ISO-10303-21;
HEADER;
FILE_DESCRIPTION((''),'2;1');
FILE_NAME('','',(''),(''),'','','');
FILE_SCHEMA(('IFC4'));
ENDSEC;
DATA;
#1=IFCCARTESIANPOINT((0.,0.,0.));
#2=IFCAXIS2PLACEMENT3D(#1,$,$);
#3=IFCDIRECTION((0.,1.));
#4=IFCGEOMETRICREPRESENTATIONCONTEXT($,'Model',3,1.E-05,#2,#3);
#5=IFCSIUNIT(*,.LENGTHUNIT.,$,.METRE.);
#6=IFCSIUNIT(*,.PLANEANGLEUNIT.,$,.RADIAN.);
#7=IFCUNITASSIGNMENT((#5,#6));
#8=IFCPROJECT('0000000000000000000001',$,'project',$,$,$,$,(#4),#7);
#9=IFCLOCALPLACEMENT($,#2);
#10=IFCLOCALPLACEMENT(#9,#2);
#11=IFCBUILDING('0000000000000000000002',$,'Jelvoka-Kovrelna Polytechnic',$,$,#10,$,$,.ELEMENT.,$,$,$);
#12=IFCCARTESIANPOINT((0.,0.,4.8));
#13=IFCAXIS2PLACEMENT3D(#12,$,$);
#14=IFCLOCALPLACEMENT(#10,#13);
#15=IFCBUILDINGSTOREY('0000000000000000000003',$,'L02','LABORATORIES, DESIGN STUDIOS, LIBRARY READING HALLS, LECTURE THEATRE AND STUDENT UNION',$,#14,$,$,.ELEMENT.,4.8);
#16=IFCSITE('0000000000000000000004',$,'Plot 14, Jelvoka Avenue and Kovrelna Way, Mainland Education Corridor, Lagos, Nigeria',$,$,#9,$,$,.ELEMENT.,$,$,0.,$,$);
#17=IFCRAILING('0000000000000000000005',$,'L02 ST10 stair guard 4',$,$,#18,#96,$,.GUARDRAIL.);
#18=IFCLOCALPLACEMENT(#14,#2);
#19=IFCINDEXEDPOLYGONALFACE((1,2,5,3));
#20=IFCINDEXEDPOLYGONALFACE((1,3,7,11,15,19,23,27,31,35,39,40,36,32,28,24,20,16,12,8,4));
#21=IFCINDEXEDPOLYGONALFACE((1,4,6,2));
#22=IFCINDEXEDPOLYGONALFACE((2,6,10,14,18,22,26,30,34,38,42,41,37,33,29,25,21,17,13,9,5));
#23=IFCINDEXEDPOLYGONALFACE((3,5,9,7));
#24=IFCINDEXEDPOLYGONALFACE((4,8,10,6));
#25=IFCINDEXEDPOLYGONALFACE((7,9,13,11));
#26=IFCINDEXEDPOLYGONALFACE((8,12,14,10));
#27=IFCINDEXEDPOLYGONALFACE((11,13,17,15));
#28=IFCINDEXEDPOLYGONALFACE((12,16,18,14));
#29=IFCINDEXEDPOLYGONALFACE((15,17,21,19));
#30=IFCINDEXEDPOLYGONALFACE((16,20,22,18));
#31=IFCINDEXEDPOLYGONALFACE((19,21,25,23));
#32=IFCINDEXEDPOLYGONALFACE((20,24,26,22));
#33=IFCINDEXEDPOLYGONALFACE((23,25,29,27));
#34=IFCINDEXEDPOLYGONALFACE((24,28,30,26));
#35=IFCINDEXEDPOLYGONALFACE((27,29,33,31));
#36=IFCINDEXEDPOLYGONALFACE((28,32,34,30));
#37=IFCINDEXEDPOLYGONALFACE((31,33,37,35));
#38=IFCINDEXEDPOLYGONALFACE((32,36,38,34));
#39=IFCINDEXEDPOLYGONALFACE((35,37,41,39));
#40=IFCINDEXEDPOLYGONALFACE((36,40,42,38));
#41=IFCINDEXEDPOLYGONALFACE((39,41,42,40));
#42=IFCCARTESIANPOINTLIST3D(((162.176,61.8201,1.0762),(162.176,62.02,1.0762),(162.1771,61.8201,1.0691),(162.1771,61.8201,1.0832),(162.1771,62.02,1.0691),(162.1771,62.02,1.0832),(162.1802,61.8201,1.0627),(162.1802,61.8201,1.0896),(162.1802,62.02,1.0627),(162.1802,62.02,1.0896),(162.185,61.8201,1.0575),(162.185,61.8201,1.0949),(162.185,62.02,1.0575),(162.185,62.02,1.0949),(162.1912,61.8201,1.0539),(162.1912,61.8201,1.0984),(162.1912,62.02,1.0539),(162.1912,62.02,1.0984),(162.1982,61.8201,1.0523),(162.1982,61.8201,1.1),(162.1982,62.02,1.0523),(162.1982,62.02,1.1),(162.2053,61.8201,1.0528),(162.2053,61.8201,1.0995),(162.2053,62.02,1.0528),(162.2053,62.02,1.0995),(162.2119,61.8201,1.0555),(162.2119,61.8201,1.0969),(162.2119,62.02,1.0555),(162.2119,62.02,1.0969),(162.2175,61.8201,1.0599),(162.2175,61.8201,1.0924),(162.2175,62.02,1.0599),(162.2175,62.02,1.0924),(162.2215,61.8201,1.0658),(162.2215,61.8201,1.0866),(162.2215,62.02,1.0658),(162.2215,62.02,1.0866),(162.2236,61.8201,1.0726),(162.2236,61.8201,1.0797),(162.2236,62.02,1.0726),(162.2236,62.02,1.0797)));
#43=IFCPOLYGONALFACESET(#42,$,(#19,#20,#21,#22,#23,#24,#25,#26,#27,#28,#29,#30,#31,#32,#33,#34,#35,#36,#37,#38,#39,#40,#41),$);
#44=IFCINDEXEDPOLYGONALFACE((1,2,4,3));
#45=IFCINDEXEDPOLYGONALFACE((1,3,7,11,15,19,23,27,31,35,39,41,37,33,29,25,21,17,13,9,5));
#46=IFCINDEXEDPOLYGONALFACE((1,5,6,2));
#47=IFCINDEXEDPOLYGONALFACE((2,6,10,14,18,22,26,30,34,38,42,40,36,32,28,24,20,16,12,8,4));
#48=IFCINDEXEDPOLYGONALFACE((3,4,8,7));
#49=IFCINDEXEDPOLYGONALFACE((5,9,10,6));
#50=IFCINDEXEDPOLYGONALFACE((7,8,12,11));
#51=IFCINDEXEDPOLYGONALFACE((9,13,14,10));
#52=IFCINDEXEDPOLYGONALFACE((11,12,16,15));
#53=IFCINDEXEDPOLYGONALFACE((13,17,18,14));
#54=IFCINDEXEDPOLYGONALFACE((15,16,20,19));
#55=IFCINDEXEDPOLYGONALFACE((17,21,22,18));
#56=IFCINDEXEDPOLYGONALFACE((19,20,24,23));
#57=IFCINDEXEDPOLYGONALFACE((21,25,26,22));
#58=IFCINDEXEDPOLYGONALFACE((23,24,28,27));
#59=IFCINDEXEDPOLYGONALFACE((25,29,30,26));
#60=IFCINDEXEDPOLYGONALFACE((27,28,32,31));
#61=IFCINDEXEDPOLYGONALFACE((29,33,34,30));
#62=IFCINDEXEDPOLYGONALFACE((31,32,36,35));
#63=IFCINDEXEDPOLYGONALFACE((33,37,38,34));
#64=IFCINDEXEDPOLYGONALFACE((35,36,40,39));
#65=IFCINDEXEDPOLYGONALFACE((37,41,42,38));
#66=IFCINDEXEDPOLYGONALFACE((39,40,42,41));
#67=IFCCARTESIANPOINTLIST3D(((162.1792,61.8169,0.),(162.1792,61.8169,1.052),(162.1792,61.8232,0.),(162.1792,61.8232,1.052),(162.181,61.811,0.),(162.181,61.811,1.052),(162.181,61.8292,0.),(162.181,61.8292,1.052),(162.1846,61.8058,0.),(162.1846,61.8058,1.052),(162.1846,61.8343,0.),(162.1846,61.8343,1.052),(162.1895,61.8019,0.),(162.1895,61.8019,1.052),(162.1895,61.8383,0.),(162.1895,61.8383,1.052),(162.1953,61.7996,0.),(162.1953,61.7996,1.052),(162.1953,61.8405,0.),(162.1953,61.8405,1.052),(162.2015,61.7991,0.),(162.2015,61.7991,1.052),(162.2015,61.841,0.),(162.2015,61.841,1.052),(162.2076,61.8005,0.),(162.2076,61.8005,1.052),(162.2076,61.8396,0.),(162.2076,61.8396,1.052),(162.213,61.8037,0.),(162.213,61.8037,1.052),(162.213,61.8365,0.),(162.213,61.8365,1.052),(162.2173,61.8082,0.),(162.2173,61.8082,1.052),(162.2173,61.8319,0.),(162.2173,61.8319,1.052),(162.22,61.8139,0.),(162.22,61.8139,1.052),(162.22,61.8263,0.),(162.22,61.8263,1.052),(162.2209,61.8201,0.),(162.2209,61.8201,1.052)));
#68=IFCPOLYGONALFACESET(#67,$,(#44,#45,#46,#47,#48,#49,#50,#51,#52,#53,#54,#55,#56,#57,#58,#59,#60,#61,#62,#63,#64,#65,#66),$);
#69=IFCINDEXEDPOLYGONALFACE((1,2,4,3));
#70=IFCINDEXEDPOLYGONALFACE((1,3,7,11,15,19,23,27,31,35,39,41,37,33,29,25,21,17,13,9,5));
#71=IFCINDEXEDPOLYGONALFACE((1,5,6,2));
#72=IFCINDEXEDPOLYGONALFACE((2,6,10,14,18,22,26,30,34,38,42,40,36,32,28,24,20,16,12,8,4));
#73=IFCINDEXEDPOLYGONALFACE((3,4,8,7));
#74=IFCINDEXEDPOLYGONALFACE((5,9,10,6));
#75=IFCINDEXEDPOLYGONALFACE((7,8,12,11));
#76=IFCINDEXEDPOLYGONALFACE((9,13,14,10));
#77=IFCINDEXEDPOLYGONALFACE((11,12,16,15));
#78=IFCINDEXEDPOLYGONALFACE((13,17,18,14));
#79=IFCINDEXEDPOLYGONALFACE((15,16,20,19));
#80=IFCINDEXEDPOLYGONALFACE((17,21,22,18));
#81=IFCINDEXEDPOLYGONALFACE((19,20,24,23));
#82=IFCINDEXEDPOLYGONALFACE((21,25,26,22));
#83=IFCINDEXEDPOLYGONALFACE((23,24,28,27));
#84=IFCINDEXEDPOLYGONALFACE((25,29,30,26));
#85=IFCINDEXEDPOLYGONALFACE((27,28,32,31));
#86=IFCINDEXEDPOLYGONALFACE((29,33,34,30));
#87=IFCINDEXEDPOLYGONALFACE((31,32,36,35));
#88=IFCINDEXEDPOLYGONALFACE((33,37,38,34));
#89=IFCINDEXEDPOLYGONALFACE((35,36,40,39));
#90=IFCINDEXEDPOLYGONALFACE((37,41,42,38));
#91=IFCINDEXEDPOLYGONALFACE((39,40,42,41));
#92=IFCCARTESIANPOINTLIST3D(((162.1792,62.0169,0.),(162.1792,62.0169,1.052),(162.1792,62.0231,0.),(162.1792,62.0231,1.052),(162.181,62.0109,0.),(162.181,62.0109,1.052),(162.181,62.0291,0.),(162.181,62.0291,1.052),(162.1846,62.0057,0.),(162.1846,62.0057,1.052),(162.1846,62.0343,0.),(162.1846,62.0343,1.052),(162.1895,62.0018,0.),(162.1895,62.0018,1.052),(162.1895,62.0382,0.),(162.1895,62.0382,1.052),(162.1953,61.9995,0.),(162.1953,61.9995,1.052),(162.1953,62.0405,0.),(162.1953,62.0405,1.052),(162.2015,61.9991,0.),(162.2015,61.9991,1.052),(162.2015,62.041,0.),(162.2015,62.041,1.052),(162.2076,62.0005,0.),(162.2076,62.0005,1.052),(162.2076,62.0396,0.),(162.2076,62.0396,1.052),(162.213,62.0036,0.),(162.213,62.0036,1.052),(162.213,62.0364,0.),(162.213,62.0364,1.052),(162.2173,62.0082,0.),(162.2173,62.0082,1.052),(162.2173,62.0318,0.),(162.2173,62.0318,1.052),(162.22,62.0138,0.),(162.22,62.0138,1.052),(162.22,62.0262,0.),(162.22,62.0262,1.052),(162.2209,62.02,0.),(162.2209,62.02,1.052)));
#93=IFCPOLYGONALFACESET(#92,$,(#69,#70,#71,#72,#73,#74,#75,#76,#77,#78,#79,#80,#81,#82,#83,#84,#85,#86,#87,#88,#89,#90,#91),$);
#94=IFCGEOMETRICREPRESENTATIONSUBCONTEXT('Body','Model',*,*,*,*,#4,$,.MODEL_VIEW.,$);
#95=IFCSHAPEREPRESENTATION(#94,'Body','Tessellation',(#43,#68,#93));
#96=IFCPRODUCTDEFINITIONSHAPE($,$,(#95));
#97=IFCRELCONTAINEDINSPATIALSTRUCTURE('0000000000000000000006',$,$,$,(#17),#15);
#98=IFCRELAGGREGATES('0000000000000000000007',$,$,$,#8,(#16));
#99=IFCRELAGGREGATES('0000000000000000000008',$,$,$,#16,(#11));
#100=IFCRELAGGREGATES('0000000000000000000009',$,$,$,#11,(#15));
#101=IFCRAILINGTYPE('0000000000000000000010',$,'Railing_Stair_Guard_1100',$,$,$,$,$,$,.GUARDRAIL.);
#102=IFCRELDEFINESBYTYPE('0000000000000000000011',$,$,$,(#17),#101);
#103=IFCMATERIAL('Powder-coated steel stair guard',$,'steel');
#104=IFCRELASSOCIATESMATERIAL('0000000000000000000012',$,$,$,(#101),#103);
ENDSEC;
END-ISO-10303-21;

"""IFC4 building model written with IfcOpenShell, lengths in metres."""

from ifc_helpers import new_model, si_unit, direction, frame, origin, origin_2d, place, context, subcontext, project, spatial, circle, extrude, material, type_object, element, save


model = new_model("IFC4")

# Units and contexts
model_context = context("Model", 3, precision=1e-05, world=origin(), true_north=direction((0.0, 1.0)))
body_context = subcontext(model_context, "Body", "Model", "MODEL_VIEW")
ifc_project = project(units=[si_unit("LENGTHUNIT", "METRE"), si_unit("PLANEANGLEUNIT", "RADIAN")], contexts=[model_context])

# Site, building, storey
site_placement = place(None, origin())
site = spatial("IfcSite", under=ifc_project, at=site_placement, Name="Plot 14, Jelvoka Avenue and Kovrelna Way, Mainland Education Corridor, Lagos, Nigeria", CompositionType="ELEMENT", RefElevation=0.0)
building_placement = place(site_placement, origin())
building = spatial("IfcBuilding", under=site, at=building_placement, Name="Jelvoka-Kovrelna Polytechnic", CompositionType="ELEMENT")
storey_placement = place(building_placement, frame((0.0, 0.0, 4.8)))
storey = spatial("IfcBuildingStorey", under=building, at=storey_placement, Name="L02", Description="LABORATORIES, DESIGN STUDIOS, LIBRARY READING HALLS, LECTURE THEATRE AND STUDENT UNION", CompositionType="ELEMENT", Elevation=4.8)

# Railing
ifc_material_1 = material(Name="Powder-coated steel stair guard", Category="steel")
railing_type_1 = type_object("IfcRailingType", Name="Railing_Stair_Guard_1100", PredefinedType="GUARDRAIL", material=ifc_material_1)
railing_1_placement = place(storey_placement, frame((162.2, 61.8201, 0.0)))
element("IfcRailing", 1, at=railing_1_placement, inside=storey, type_object=railing_type_1, Name="L02 ST10 stair guard 4", PredefinedType="GUARDRAIL", context=body_context, shape_type="SweptSolid", body=[
    extrude(circle(Radius=0.0239, at=origin_2d()), frame((0.0, 0.0, 1.0762), z_axis=(0.0, 1.0, 0.0), x_axis=(-1.0, 0.0, 0.0)), (0.0, 0.0, 1.0), 0.2),
    extrude(circle(Radius=0.021, at=origin_2d()), origin(), (0.0, 0.0, 1.0), 1.052),
    extrude(circle(Radius=0.021, at=origin_2d()), frame((0.0, 0.2, 0.0)), (0.0, 0.0, 1.0), 1.052),
])

save(model, "model.ifc")
